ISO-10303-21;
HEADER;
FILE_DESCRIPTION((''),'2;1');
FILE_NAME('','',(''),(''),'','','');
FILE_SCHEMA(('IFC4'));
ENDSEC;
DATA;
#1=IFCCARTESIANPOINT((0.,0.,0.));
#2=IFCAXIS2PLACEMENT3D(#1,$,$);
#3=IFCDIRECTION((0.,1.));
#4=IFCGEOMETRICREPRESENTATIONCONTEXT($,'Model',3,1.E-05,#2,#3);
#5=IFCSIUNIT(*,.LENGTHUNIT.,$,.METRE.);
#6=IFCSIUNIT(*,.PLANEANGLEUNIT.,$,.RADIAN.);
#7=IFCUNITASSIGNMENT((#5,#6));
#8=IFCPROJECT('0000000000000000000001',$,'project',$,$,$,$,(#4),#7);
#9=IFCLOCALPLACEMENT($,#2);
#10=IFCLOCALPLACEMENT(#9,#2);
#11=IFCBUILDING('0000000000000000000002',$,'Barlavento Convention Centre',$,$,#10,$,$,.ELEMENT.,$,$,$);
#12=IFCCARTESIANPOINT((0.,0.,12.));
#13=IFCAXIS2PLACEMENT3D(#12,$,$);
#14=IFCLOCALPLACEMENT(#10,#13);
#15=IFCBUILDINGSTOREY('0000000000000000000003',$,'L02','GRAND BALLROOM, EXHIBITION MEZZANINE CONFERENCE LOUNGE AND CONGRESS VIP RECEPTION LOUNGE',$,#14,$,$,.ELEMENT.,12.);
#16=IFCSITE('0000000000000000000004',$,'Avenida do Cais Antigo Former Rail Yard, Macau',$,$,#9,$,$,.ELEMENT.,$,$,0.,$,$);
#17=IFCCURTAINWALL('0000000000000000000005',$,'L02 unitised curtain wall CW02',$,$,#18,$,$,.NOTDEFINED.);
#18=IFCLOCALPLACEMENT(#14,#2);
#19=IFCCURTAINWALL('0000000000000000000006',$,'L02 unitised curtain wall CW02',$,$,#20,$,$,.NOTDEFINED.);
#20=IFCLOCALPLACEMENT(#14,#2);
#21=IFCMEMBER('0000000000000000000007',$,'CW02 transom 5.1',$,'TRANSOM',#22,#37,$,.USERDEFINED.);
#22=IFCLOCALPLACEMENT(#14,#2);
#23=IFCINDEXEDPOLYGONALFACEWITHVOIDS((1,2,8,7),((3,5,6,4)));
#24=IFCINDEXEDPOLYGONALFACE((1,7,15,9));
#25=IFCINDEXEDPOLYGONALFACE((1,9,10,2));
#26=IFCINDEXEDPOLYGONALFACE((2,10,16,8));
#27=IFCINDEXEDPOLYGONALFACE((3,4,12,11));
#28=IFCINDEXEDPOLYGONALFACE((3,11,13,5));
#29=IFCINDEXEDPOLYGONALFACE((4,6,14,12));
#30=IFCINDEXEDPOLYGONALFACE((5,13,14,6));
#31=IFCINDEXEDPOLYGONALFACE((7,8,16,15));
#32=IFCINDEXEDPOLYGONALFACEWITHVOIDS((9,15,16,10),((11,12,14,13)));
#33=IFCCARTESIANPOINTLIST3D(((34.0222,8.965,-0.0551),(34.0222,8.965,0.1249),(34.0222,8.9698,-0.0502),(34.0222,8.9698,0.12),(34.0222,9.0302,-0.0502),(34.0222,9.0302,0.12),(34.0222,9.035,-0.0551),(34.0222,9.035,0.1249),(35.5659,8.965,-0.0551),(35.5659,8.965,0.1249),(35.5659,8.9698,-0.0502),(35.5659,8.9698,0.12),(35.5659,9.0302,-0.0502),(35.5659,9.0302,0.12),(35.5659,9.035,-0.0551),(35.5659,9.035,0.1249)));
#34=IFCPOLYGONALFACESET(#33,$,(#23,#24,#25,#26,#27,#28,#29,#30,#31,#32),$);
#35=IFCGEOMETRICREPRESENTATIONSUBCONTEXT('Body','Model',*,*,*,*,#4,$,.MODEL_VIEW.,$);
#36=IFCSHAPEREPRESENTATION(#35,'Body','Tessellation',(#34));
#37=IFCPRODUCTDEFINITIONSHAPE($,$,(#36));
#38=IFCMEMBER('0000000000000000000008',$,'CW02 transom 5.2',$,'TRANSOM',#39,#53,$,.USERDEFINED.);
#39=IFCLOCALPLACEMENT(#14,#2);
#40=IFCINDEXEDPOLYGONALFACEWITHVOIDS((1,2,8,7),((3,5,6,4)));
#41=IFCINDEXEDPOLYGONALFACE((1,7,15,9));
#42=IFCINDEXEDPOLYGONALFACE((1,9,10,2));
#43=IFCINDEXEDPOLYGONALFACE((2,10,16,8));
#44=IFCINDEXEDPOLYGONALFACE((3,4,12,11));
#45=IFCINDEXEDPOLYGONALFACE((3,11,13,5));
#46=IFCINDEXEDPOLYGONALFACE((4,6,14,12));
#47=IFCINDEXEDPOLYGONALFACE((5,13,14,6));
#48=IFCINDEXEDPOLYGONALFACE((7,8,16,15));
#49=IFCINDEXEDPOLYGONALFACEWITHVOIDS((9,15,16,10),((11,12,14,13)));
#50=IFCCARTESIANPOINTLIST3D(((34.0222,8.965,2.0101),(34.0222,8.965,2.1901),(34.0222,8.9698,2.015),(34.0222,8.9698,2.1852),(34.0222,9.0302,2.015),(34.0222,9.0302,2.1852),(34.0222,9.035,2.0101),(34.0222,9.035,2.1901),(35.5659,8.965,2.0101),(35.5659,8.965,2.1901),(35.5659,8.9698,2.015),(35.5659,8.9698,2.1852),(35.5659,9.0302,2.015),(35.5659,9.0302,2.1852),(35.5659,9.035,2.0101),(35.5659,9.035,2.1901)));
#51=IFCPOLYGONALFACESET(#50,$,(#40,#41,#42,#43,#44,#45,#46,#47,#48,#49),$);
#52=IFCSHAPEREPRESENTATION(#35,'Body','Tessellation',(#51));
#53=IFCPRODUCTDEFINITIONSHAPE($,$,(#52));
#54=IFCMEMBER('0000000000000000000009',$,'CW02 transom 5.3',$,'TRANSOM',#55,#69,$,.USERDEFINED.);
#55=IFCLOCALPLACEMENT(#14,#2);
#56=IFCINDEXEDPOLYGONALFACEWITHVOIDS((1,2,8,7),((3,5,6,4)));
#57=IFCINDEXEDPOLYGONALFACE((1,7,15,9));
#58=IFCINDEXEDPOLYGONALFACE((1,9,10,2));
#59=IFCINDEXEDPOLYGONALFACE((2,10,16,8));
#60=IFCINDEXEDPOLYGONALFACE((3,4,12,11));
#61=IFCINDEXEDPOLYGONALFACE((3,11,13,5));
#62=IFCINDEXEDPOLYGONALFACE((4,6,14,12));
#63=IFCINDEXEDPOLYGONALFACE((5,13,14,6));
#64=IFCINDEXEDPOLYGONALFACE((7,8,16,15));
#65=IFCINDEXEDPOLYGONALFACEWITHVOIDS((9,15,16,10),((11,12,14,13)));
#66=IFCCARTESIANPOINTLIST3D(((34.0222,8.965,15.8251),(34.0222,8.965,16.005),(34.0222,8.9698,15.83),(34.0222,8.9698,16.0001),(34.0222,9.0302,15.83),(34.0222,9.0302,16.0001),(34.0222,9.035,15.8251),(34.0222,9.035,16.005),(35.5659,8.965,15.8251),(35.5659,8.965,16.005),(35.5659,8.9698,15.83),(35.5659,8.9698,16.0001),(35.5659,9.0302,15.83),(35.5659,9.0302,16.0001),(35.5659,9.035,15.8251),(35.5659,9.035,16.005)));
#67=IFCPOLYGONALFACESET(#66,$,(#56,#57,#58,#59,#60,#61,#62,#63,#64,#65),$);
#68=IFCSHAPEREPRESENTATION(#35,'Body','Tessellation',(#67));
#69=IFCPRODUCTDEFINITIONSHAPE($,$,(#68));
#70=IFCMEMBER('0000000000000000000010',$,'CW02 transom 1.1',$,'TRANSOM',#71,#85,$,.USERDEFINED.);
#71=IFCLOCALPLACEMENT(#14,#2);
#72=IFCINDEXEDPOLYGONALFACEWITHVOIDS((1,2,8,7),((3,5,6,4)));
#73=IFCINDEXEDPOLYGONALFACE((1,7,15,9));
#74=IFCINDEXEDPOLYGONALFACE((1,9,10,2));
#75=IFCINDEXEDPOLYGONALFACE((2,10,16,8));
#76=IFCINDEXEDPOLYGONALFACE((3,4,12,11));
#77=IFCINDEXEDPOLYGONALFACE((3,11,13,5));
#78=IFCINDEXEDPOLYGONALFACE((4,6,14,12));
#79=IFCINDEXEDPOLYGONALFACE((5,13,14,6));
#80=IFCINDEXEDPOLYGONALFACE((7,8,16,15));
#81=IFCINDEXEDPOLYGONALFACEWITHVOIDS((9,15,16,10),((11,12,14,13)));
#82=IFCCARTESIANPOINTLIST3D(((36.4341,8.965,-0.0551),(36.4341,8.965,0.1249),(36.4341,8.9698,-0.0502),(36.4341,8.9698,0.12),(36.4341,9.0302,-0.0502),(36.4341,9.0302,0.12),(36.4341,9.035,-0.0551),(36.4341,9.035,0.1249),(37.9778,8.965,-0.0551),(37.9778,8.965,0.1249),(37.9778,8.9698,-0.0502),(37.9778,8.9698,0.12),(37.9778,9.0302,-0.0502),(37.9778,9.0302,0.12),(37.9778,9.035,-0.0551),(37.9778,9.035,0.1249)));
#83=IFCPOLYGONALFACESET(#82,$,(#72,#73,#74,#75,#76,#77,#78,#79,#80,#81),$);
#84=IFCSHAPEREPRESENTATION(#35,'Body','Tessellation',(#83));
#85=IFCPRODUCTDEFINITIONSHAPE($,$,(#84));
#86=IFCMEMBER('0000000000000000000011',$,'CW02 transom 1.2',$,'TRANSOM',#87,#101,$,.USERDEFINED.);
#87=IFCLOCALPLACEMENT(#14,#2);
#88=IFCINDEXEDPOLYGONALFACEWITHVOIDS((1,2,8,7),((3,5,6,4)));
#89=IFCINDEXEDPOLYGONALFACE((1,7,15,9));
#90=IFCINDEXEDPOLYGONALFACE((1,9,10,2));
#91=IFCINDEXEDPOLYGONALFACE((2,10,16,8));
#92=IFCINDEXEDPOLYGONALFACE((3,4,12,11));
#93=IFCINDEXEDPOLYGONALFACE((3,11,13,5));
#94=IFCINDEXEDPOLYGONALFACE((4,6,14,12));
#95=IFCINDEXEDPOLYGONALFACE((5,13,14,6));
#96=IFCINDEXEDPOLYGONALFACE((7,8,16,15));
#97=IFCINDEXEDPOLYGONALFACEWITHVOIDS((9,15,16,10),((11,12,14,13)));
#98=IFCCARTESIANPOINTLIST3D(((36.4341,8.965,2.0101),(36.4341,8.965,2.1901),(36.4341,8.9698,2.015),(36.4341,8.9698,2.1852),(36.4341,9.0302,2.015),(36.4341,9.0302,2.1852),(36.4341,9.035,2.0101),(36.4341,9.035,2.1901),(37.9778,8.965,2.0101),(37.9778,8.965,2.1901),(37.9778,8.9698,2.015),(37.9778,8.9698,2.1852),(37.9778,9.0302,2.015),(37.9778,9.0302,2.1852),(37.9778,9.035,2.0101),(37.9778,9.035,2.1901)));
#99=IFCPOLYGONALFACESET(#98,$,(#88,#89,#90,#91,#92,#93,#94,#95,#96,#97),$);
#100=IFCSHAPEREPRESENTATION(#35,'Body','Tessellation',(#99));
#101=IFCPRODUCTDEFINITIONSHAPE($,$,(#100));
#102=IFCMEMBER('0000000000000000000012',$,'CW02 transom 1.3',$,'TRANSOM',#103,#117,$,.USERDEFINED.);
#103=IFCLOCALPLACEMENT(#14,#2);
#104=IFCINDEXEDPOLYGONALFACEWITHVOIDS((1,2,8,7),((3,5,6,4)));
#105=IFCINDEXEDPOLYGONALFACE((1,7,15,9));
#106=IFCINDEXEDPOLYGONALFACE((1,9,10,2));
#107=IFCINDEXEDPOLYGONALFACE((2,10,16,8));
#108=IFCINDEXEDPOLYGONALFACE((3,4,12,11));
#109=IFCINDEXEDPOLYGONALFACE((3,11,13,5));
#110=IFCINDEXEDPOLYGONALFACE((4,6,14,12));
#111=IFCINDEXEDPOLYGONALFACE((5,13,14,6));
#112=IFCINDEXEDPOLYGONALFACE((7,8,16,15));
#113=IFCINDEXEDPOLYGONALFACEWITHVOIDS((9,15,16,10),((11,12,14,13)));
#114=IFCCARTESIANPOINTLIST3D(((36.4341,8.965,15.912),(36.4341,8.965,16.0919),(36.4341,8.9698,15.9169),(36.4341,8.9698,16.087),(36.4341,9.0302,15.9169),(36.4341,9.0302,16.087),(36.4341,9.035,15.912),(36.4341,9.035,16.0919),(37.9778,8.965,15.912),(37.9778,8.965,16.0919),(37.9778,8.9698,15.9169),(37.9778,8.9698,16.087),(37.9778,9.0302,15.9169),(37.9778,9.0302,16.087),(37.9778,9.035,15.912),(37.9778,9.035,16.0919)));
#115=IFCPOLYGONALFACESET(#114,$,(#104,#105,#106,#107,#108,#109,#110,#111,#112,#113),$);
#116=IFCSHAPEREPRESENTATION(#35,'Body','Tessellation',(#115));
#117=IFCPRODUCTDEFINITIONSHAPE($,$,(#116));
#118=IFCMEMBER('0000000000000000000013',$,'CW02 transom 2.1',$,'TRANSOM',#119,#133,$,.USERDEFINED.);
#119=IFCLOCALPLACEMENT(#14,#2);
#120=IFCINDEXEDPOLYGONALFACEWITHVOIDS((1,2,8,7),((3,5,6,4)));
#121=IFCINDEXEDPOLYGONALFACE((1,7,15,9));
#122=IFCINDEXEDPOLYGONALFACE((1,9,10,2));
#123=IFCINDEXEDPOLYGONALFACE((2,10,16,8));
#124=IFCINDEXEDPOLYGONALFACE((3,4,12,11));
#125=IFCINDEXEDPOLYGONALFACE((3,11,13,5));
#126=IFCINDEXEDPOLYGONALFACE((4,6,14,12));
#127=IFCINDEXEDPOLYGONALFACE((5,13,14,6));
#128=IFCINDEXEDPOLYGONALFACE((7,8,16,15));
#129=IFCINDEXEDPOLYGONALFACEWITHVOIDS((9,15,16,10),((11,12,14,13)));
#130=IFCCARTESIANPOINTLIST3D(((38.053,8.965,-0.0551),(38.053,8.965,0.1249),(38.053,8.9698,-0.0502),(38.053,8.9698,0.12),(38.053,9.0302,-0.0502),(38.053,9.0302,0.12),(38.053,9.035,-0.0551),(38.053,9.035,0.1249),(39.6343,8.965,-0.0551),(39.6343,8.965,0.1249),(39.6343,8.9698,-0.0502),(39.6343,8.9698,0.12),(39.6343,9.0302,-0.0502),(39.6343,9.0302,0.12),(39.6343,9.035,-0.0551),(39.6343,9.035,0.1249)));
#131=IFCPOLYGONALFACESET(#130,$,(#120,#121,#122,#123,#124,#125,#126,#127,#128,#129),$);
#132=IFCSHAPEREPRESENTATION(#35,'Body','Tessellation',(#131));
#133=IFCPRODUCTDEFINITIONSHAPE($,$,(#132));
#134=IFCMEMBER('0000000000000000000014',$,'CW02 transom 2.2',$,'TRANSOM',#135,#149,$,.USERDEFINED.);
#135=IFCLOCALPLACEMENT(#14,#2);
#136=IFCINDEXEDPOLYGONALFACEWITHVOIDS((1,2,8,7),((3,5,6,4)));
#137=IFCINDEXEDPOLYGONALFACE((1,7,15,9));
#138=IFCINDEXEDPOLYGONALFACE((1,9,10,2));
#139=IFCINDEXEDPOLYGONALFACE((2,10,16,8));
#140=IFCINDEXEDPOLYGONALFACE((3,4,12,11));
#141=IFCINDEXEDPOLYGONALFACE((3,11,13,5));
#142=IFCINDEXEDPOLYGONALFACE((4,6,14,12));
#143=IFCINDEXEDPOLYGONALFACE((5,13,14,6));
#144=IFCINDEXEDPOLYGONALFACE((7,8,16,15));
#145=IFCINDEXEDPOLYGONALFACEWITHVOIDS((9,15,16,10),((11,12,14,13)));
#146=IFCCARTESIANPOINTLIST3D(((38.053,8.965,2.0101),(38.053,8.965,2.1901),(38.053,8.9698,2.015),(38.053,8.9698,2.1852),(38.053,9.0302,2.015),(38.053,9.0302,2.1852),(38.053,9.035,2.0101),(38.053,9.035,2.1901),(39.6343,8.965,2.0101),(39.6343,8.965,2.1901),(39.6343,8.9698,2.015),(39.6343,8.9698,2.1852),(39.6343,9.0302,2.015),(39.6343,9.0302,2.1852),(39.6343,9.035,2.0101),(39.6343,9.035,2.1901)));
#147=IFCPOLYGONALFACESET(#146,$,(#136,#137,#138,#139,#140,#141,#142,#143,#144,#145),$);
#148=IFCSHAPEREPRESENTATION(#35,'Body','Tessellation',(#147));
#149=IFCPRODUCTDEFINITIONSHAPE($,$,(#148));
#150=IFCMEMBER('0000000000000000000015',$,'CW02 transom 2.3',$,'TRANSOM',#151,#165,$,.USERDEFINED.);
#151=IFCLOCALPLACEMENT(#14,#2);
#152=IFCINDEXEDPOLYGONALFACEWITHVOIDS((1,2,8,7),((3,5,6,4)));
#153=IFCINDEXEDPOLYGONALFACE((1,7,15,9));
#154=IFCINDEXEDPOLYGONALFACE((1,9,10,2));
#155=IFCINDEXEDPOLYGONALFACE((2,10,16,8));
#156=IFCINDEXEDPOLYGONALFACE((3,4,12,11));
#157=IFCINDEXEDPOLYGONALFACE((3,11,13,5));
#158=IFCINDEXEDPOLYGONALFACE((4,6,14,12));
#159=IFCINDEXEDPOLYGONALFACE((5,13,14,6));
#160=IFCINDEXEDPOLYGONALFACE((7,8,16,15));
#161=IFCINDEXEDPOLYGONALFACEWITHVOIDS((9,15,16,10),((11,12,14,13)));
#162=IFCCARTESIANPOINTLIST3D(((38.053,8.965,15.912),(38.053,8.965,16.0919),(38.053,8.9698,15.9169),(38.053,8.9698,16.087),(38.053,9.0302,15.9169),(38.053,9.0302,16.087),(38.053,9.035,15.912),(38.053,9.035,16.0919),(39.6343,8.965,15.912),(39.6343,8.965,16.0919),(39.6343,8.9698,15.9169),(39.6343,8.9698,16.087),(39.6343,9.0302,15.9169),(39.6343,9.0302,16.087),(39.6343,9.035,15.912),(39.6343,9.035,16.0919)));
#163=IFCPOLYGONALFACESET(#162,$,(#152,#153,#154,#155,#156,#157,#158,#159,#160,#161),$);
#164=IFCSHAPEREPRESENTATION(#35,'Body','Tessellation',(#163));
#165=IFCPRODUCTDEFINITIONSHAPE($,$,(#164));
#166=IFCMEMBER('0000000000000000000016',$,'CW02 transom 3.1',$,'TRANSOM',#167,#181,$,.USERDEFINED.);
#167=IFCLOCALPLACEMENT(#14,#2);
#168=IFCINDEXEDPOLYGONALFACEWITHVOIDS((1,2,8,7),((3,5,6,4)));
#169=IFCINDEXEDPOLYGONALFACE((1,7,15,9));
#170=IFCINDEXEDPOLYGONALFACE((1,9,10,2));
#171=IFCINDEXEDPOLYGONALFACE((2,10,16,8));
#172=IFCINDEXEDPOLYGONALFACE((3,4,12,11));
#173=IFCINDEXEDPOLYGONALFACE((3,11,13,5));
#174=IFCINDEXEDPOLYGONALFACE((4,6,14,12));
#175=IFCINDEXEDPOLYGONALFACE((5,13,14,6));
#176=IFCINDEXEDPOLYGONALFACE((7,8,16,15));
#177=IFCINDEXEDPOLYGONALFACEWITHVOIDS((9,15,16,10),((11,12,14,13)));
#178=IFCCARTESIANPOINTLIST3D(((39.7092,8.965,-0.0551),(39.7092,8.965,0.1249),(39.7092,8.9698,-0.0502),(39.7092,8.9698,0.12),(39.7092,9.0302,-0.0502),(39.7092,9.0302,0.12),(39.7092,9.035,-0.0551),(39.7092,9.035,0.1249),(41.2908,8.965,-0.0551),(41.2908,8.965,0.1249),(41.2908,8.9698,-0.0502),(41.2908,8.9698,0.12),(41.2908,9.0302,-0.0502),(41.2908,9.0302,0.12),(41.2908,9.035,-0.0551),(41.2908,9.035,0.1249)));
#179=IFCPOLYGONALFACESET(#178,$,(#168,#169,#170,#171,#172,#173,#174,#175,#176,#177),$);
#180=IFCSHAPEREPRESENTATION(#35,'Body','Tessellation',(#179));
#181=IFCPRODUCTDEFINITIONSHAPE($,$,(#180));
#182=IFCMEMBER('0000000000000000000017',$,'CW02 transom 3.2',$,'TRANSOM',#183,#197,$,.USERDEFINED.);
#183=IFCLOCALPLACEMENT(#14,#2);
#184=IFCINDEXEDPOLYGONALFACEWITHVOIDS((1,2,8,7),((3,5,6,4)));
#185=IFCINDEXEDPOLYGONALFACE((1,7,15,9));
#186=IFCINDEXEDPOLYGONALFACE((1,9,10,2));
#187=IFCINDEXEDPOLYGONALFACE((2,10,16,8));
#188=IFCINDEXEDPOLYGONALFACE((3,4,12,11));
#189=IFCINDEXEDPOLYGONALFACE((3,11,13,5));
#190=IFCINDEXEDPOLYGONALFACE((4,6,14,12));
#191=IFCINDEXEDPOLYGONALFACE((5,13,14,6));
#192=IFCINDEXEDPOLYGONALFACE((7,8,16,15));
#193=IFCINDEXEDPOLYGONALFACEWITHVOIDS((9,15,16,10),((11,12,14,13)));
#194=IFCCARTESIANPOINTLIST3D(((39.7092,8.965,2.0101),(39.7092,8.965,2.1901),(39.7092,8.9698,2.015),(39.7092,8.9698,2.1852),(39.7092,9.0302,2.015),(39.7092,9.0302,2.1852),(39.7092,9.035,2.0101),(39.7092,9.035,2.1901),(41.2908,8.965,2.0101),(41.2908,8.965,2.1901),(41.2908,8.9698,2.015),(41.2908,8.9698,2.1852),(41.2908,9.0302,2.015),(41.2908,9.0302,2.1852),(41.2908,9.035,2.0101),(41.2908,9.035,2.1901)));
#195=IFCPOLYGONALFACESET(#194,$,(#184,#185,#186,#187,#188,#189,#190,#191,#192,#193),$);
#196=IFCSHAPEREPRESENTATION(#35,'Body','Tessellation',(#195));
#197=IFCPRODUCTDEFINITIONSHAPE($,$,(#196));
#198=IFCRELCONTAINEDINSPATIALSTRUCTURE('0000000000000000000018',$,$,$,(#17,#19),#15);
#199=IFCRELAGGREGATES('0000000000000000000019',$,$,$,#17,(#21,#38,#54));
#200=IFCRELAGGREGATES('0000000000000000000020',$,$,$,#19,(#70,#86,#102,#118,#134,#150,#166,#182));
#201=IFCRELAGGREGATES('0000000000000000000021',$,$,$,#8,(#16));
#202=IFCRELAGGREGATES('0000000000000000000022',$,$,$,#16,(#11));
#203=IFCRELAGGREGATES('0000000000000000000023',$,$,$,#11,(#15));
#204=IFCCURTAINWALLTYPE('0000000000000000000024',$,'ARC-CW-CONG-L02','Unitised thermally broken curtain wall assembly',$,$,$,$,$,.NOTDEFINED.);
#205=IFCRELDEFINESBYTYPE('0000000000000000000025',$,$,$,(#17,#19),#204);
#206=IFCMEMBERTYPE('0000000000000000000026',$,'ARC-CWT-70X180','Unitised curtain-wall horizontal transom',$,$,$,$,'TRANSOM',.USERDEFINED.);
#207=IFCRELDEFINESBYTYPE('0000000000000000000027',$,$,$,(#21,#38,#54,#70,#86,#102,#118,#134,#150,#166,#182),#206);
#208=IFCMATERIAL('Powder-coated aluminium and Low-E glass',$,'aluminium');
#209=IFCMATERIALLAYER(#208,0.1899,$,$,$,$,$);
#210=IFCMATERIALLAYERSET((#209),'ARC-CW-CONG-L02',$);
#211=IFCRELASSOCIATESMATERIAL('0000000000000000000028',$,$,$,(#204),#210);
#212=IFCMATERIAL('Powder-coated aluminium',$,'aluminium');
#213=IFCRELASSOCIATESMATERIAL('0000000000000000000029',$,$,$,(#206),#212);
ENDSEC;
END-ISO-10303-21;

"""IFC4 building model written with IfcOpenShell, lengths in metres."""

from ifc_helpers import new_model, si_unit, direction, frame, origin, origin_2d, place, context, subcontext, project, spatial, hollow_rectangle, extrude, material, layer, layer_set, material_profile, profile_set, type_object, element, aggregate, save


model = new_model("IFC4")

# Units and contexts
model_context = context("Model", 3, precision=1e-05, world=origin(), true_north=direction((0.0, 1.0)))
body_context = subcontext(model_context, "Body", "Model", "MODEL_VIEW")
ifc_project = project(units=[si_unit("LENGTHUNIT", "METRE"), si_unit("PLANEANGLEUNIT", "RADIAN")], contexts=[model_context])

# Site, building, storey
site_placement = place(None, origin())
site = spatial("IfcSite", under=ifc_project, at=site_placement, Name="Avenida do Cais Antigo Former Rail Yard, Macau", CompositionType="ELEMENT", RefElevation=0.0)
building_placement = place(site_placement, origin())
building = spatial("IfcBuilding", under=site, at=building_placement, Name="Barlavento Convention Centre", CompositionType="ELEMENT")
storey_placement = place(building_placement, frame((0.0, 0.0, 12.0)))
storey = spatial("IfcBuildingStorey", under=building, at=storey_placement, Name="L02", Description="GRAND BALLROOM, EXHIBITION MEZZANINE CONFERENCE LOUNGE AND CONGRESS VIP RECEPTION LOUNGE", CompositionType="ELEMENT", Elevation=12.0)

# Curtain walls
ifc_material_1 = material(Name="Powder-coated aluminium and Low-E glass", Category="aluminium")
ifc_layer_1 = layer(ifc_material_1, 0.1899)
ifc_layer_set_1 = layer_set([ifc_layer_1], Name="ARC-CW-CONG-L02")
curtain_wall_type = type_object("IfcCurtainWallType", Name="ARC-CW-CONG-L02", Description="Unitised thermally broken curtain wall assembly", PredefinedType="NOTDEFINED", material=ifc_layer_set_1)
curtain_wall_1_placement = place(storey_placement, origin())
curtain_wall_1 = element("IfcCurtainWall", 1, at=curtain_wall_1_placement, inside=storey, type_object=curtain_wall_type, Name="L02 unitised curtain wall CW02", PredefinedType="NOTDEFINED")
ifc_material_2 = material(Name="Powder-coated aluminium", Category="aluminium")
curtain_wall_2_placement = place(storey_placement, origin())
curtain_wall_2 = element("IfcCurtainWall", 2, at=curtain_wall_2_placement, inside=storey, type_object=curtain_wall_type, Name="L02 unitised curtain wall CW02", PredefinedType="NOTDEFINED")

# Members
ifc_material_profile_1 = material_profile(ifc_material_2, hollow_rectangle(XDim=0.0701, YDim=0.1799, WallThickness=0.0049, at=origin_2d()), Name="AL-TRAN 70x180x5")
ifc_profile_set_1 = profile_set([ifc_material_profile_1], Name="Powder-coated aluminium")
member_type_1 = type_object("IfcMemberType", Name="ARC-CWT-70X180", Description="Unitised curtain-wall horizontal transom", ElementType="TRANSOM", PredefinedType="USERDEFINED", material=ifc_profile_set_1)
member_1_placement = place(storey_placement, frame((34.0222, 9.0, 0.0349), z_axis=(1.0, 0.0, 0.0), x_axis=(0.0, 1.0, 0.0)))
member_1 = element("IfcMember", 3, at=member_1_placement, type_object=member_type_1, Name="CW02 transom 5.1", ObjectType="TRANSOM", PredefinedType="USERDEFINED", context=body_context, shape_type="SweptSolid", body=[
    extrude(hollow_rectangle(XDim=0.0701, YDim=0.1799, WallThickness=0.0049, at=origin_2d()), origin(), (0.0, 0.0, 1.0), 1.5437),
])
member_2_placement = place(storey_placement, frame((34.0222, 9.0, 2.1001), z_axis=(1.0, 0.0, 0.0), x_axis=(0.0, 1.0, 0.0)))
member_2 = element("IfcMember", 4, at=member_2_placement, type_object=member_type_1, Name="CW02 transom 5.2", ObjectType="TRANSOM", PredefinedType="USERDEFINED", context=body_context, shape_type="SweptSolid", body=[
    extrude(hollow_rectangle(XDim=0.0701, YDim=0.1799, WallThickness=0.0049, at=origin_2d()), origin(), (0.0, 0.0, 1.0), 1.5437),
])
member_3_placement = place(storey_placement, frame((34.0222, 9.0, 15.915), z_axis=(1.0, 0.0, 0.0), x_axis=(0.0, 1.0, 0.0)))
member_3 = element("IfcMember", 5, at=member_3_placement, type_object=member_type_1, Name="CW02 transom 5.3", ObjectType="TRANSOM", PredefinedType="USERDEFINED", context=body_context, shape_type="SweptSolid", body=[
    extrude(hollow_rectangle(XDim=0.0701, YDim=0.1799, WallThickness=0.0049, at=origin_2d()), origin(), (0.0, 0.0, 1.0), 1.5437),
])
member_4_placement = place(storey_placement, frame((36.4341, 9.0, 0.0349), z_axis=(1.0, 0.0, 0.0), x_axis=(0.0, 1.0, 0.0)))
member_4 = element("IfcMember", 6, at=member_4_placement, type_object=member_type_1, Name="CW02 transom 1.1", ObjectType="TRANSOM", PredefinedType="USERDEFINED", context=body_context, shape_type="SweptSolid", body=[
    extrude(hollow_rectangle(XDim=0.0701, YDim=0.1799, WallThickness=0.0049, at=origin_2d()), origin(), (0.0, 0.0, 1.0), 1.5437),
])
member_5_placement = place(storey_placement, frame((36.4341, 9.0, 2.1001), z_axis=(1.0, 0.0, 0.0), x_axis=(0.0, 1.0, 0.0)))
member_5 = element("IfcMember", 7, at=member_5_placement, type_object=member_type_1, Name="CW02 transom 1.2", ObjectType="TRANSOM", PredefinedType="USERDEFINED", context=body_context, shape_type="SweptSolid", body=[
    extrude(hollow_rectangle(XDim=0.0701, YDim=0.1799, WallThickness=0.0049, at=origin_2d()), origin(), (0.0, 0.0, 1.0), 1.5437),
])
member_6_placement = place(storey_placement, frame((36.4341, 9.0, 16.002), z_axis=(1.0, 0.0, 0.0), x_axis=(0.0, 1.0, 0.0)))
member_6 = element("IfcMember", 8, at=member_6_placement, type_object=member_type_1, Name="CW02 transom 1.3", ObjectType="TRANSOM", PredefinedType="USERDEFINED", context=body_context, shape_type="SweptSolid", body=[
    extrude(hollow_rectangle(XDim=0.0701, YDim=0.1799, WallThickness=0.0049, at=origin_2d()), origin(), (0.0, 0.0, 1.0), 1.5437),
])
member_7_placement = place(storey_placement, frame((38.053, 9.0, 0.0349), z_axis=(1.0, 0.0, 0.0), x_axis=(0.0, 1.0, 0.0)))
member_7 = element("IfcMember", 9, at=member_7_placement, type_object=member_type_1, Name="CW02 transom 2.1", ObjectType="TRANSOM", PredefinedType="USERDEFINED", context=body_context, shape_type="SweptSolid", body=[
    extrude(hollow_rectangle(XDim=0.0701, YDim=0.1799, WallThickness=0.0049, at=origin_2d()), origin(), (0.0, 0.0, 1.0), 1.5813),
])
member_8_placement = place(storey_placement, frame((38.053, 9.0, 2.1001), z_axis=(1.0, 0.0, 0.0), x_axis=(0.0, 1.0, 0.0)))
member_8 = element("IfcMember", 10, at=member_8_placement, type_object=member_type_1, Name="CW02 transom 2.2", ObjectType="TRANSOM", PredefinedType="USERDEFINED", context=body_context, shape_type="SweptSolid", body=[
    extrude(hollow_rectangle(XDim=0.0701, YDim=0.1799, WallThickness=0.0049, at=origin_2d()), origin(), (0.0, 0.0, 1.0), 1.5813),
])
member_9_placement = place(storey_placement, frame((38.053, 9.0, 16.002), z_axis=(1.0, 0.0, 0.0), x_axis=(0.0, 1.0, 0.0)))
member_9 = element("IfcMember", 11, at=member_9_placement, type_object=member_type_1, Name="CW02 transom 2.3", ObjectType="TRANSOM", PredefinedType="USERDEFINED", context=body_context, shape_type="SweptSolid", body=[
    extrude(hollow_rectangle(XDim=0.0701, YDim=0.1799, WallThickness=0.0049, at=origin_2d()), origin(), (0.0, 0.0, 1.0), 1.5813),
])
member_10_placement = place(storey_placement, frame((39.7092, 9.0, 0.0349), z_axis=(1.0, 0.0, 0.0), x_axis=(0.0, 1.0, 0.0)))
member_10 = element("IfcMember", 12, at=member_10_placement, type_object=member_type_1, Name="CW02 transom 3.1", ObjectType="TRANSOM", PredefinedType="USERDEFINED", context=body_context, shape_type="SweptSolid", body=[
    extrude(hollow_rectangle(XDim=0.0701, YDim=0.1799, WallThickness=0.0049, at=origin_2d()), origin(), (0.0, 0.0, 1.0), 1.5815),
])
member_11_placement = place(storey_placement, frame((39.7092, 9.0, 2.1001), z_axis=(1.0, 0.0, 0.0), x_axis=(0.0, 1.0, 0.0)))
member_11 = element("IfcMember", 13, at=member_11_placement, type_object=member_type_1, Name="CW02 transom 3.2", ObjectType="TRANSOM", PredefinedType="USERDEFINED", context=body_context, shape_type="SweptSolid", body=[
    extrude(hollow_rectangle(XDim=0.0701, YDim=0.1799, WallThickness=0.0049, at=origin_2d()), origin(), (0.0, 0.0, 1.0), 1.5815),
])

aggregate(curtain_wall_1, [member_1, member_2, member_3])
aggregate(curtain_wall_2, [member_4, member_5, member_6, member_7, member_8, member_9, member_10, member_11])

save(model, "model.ifc")
